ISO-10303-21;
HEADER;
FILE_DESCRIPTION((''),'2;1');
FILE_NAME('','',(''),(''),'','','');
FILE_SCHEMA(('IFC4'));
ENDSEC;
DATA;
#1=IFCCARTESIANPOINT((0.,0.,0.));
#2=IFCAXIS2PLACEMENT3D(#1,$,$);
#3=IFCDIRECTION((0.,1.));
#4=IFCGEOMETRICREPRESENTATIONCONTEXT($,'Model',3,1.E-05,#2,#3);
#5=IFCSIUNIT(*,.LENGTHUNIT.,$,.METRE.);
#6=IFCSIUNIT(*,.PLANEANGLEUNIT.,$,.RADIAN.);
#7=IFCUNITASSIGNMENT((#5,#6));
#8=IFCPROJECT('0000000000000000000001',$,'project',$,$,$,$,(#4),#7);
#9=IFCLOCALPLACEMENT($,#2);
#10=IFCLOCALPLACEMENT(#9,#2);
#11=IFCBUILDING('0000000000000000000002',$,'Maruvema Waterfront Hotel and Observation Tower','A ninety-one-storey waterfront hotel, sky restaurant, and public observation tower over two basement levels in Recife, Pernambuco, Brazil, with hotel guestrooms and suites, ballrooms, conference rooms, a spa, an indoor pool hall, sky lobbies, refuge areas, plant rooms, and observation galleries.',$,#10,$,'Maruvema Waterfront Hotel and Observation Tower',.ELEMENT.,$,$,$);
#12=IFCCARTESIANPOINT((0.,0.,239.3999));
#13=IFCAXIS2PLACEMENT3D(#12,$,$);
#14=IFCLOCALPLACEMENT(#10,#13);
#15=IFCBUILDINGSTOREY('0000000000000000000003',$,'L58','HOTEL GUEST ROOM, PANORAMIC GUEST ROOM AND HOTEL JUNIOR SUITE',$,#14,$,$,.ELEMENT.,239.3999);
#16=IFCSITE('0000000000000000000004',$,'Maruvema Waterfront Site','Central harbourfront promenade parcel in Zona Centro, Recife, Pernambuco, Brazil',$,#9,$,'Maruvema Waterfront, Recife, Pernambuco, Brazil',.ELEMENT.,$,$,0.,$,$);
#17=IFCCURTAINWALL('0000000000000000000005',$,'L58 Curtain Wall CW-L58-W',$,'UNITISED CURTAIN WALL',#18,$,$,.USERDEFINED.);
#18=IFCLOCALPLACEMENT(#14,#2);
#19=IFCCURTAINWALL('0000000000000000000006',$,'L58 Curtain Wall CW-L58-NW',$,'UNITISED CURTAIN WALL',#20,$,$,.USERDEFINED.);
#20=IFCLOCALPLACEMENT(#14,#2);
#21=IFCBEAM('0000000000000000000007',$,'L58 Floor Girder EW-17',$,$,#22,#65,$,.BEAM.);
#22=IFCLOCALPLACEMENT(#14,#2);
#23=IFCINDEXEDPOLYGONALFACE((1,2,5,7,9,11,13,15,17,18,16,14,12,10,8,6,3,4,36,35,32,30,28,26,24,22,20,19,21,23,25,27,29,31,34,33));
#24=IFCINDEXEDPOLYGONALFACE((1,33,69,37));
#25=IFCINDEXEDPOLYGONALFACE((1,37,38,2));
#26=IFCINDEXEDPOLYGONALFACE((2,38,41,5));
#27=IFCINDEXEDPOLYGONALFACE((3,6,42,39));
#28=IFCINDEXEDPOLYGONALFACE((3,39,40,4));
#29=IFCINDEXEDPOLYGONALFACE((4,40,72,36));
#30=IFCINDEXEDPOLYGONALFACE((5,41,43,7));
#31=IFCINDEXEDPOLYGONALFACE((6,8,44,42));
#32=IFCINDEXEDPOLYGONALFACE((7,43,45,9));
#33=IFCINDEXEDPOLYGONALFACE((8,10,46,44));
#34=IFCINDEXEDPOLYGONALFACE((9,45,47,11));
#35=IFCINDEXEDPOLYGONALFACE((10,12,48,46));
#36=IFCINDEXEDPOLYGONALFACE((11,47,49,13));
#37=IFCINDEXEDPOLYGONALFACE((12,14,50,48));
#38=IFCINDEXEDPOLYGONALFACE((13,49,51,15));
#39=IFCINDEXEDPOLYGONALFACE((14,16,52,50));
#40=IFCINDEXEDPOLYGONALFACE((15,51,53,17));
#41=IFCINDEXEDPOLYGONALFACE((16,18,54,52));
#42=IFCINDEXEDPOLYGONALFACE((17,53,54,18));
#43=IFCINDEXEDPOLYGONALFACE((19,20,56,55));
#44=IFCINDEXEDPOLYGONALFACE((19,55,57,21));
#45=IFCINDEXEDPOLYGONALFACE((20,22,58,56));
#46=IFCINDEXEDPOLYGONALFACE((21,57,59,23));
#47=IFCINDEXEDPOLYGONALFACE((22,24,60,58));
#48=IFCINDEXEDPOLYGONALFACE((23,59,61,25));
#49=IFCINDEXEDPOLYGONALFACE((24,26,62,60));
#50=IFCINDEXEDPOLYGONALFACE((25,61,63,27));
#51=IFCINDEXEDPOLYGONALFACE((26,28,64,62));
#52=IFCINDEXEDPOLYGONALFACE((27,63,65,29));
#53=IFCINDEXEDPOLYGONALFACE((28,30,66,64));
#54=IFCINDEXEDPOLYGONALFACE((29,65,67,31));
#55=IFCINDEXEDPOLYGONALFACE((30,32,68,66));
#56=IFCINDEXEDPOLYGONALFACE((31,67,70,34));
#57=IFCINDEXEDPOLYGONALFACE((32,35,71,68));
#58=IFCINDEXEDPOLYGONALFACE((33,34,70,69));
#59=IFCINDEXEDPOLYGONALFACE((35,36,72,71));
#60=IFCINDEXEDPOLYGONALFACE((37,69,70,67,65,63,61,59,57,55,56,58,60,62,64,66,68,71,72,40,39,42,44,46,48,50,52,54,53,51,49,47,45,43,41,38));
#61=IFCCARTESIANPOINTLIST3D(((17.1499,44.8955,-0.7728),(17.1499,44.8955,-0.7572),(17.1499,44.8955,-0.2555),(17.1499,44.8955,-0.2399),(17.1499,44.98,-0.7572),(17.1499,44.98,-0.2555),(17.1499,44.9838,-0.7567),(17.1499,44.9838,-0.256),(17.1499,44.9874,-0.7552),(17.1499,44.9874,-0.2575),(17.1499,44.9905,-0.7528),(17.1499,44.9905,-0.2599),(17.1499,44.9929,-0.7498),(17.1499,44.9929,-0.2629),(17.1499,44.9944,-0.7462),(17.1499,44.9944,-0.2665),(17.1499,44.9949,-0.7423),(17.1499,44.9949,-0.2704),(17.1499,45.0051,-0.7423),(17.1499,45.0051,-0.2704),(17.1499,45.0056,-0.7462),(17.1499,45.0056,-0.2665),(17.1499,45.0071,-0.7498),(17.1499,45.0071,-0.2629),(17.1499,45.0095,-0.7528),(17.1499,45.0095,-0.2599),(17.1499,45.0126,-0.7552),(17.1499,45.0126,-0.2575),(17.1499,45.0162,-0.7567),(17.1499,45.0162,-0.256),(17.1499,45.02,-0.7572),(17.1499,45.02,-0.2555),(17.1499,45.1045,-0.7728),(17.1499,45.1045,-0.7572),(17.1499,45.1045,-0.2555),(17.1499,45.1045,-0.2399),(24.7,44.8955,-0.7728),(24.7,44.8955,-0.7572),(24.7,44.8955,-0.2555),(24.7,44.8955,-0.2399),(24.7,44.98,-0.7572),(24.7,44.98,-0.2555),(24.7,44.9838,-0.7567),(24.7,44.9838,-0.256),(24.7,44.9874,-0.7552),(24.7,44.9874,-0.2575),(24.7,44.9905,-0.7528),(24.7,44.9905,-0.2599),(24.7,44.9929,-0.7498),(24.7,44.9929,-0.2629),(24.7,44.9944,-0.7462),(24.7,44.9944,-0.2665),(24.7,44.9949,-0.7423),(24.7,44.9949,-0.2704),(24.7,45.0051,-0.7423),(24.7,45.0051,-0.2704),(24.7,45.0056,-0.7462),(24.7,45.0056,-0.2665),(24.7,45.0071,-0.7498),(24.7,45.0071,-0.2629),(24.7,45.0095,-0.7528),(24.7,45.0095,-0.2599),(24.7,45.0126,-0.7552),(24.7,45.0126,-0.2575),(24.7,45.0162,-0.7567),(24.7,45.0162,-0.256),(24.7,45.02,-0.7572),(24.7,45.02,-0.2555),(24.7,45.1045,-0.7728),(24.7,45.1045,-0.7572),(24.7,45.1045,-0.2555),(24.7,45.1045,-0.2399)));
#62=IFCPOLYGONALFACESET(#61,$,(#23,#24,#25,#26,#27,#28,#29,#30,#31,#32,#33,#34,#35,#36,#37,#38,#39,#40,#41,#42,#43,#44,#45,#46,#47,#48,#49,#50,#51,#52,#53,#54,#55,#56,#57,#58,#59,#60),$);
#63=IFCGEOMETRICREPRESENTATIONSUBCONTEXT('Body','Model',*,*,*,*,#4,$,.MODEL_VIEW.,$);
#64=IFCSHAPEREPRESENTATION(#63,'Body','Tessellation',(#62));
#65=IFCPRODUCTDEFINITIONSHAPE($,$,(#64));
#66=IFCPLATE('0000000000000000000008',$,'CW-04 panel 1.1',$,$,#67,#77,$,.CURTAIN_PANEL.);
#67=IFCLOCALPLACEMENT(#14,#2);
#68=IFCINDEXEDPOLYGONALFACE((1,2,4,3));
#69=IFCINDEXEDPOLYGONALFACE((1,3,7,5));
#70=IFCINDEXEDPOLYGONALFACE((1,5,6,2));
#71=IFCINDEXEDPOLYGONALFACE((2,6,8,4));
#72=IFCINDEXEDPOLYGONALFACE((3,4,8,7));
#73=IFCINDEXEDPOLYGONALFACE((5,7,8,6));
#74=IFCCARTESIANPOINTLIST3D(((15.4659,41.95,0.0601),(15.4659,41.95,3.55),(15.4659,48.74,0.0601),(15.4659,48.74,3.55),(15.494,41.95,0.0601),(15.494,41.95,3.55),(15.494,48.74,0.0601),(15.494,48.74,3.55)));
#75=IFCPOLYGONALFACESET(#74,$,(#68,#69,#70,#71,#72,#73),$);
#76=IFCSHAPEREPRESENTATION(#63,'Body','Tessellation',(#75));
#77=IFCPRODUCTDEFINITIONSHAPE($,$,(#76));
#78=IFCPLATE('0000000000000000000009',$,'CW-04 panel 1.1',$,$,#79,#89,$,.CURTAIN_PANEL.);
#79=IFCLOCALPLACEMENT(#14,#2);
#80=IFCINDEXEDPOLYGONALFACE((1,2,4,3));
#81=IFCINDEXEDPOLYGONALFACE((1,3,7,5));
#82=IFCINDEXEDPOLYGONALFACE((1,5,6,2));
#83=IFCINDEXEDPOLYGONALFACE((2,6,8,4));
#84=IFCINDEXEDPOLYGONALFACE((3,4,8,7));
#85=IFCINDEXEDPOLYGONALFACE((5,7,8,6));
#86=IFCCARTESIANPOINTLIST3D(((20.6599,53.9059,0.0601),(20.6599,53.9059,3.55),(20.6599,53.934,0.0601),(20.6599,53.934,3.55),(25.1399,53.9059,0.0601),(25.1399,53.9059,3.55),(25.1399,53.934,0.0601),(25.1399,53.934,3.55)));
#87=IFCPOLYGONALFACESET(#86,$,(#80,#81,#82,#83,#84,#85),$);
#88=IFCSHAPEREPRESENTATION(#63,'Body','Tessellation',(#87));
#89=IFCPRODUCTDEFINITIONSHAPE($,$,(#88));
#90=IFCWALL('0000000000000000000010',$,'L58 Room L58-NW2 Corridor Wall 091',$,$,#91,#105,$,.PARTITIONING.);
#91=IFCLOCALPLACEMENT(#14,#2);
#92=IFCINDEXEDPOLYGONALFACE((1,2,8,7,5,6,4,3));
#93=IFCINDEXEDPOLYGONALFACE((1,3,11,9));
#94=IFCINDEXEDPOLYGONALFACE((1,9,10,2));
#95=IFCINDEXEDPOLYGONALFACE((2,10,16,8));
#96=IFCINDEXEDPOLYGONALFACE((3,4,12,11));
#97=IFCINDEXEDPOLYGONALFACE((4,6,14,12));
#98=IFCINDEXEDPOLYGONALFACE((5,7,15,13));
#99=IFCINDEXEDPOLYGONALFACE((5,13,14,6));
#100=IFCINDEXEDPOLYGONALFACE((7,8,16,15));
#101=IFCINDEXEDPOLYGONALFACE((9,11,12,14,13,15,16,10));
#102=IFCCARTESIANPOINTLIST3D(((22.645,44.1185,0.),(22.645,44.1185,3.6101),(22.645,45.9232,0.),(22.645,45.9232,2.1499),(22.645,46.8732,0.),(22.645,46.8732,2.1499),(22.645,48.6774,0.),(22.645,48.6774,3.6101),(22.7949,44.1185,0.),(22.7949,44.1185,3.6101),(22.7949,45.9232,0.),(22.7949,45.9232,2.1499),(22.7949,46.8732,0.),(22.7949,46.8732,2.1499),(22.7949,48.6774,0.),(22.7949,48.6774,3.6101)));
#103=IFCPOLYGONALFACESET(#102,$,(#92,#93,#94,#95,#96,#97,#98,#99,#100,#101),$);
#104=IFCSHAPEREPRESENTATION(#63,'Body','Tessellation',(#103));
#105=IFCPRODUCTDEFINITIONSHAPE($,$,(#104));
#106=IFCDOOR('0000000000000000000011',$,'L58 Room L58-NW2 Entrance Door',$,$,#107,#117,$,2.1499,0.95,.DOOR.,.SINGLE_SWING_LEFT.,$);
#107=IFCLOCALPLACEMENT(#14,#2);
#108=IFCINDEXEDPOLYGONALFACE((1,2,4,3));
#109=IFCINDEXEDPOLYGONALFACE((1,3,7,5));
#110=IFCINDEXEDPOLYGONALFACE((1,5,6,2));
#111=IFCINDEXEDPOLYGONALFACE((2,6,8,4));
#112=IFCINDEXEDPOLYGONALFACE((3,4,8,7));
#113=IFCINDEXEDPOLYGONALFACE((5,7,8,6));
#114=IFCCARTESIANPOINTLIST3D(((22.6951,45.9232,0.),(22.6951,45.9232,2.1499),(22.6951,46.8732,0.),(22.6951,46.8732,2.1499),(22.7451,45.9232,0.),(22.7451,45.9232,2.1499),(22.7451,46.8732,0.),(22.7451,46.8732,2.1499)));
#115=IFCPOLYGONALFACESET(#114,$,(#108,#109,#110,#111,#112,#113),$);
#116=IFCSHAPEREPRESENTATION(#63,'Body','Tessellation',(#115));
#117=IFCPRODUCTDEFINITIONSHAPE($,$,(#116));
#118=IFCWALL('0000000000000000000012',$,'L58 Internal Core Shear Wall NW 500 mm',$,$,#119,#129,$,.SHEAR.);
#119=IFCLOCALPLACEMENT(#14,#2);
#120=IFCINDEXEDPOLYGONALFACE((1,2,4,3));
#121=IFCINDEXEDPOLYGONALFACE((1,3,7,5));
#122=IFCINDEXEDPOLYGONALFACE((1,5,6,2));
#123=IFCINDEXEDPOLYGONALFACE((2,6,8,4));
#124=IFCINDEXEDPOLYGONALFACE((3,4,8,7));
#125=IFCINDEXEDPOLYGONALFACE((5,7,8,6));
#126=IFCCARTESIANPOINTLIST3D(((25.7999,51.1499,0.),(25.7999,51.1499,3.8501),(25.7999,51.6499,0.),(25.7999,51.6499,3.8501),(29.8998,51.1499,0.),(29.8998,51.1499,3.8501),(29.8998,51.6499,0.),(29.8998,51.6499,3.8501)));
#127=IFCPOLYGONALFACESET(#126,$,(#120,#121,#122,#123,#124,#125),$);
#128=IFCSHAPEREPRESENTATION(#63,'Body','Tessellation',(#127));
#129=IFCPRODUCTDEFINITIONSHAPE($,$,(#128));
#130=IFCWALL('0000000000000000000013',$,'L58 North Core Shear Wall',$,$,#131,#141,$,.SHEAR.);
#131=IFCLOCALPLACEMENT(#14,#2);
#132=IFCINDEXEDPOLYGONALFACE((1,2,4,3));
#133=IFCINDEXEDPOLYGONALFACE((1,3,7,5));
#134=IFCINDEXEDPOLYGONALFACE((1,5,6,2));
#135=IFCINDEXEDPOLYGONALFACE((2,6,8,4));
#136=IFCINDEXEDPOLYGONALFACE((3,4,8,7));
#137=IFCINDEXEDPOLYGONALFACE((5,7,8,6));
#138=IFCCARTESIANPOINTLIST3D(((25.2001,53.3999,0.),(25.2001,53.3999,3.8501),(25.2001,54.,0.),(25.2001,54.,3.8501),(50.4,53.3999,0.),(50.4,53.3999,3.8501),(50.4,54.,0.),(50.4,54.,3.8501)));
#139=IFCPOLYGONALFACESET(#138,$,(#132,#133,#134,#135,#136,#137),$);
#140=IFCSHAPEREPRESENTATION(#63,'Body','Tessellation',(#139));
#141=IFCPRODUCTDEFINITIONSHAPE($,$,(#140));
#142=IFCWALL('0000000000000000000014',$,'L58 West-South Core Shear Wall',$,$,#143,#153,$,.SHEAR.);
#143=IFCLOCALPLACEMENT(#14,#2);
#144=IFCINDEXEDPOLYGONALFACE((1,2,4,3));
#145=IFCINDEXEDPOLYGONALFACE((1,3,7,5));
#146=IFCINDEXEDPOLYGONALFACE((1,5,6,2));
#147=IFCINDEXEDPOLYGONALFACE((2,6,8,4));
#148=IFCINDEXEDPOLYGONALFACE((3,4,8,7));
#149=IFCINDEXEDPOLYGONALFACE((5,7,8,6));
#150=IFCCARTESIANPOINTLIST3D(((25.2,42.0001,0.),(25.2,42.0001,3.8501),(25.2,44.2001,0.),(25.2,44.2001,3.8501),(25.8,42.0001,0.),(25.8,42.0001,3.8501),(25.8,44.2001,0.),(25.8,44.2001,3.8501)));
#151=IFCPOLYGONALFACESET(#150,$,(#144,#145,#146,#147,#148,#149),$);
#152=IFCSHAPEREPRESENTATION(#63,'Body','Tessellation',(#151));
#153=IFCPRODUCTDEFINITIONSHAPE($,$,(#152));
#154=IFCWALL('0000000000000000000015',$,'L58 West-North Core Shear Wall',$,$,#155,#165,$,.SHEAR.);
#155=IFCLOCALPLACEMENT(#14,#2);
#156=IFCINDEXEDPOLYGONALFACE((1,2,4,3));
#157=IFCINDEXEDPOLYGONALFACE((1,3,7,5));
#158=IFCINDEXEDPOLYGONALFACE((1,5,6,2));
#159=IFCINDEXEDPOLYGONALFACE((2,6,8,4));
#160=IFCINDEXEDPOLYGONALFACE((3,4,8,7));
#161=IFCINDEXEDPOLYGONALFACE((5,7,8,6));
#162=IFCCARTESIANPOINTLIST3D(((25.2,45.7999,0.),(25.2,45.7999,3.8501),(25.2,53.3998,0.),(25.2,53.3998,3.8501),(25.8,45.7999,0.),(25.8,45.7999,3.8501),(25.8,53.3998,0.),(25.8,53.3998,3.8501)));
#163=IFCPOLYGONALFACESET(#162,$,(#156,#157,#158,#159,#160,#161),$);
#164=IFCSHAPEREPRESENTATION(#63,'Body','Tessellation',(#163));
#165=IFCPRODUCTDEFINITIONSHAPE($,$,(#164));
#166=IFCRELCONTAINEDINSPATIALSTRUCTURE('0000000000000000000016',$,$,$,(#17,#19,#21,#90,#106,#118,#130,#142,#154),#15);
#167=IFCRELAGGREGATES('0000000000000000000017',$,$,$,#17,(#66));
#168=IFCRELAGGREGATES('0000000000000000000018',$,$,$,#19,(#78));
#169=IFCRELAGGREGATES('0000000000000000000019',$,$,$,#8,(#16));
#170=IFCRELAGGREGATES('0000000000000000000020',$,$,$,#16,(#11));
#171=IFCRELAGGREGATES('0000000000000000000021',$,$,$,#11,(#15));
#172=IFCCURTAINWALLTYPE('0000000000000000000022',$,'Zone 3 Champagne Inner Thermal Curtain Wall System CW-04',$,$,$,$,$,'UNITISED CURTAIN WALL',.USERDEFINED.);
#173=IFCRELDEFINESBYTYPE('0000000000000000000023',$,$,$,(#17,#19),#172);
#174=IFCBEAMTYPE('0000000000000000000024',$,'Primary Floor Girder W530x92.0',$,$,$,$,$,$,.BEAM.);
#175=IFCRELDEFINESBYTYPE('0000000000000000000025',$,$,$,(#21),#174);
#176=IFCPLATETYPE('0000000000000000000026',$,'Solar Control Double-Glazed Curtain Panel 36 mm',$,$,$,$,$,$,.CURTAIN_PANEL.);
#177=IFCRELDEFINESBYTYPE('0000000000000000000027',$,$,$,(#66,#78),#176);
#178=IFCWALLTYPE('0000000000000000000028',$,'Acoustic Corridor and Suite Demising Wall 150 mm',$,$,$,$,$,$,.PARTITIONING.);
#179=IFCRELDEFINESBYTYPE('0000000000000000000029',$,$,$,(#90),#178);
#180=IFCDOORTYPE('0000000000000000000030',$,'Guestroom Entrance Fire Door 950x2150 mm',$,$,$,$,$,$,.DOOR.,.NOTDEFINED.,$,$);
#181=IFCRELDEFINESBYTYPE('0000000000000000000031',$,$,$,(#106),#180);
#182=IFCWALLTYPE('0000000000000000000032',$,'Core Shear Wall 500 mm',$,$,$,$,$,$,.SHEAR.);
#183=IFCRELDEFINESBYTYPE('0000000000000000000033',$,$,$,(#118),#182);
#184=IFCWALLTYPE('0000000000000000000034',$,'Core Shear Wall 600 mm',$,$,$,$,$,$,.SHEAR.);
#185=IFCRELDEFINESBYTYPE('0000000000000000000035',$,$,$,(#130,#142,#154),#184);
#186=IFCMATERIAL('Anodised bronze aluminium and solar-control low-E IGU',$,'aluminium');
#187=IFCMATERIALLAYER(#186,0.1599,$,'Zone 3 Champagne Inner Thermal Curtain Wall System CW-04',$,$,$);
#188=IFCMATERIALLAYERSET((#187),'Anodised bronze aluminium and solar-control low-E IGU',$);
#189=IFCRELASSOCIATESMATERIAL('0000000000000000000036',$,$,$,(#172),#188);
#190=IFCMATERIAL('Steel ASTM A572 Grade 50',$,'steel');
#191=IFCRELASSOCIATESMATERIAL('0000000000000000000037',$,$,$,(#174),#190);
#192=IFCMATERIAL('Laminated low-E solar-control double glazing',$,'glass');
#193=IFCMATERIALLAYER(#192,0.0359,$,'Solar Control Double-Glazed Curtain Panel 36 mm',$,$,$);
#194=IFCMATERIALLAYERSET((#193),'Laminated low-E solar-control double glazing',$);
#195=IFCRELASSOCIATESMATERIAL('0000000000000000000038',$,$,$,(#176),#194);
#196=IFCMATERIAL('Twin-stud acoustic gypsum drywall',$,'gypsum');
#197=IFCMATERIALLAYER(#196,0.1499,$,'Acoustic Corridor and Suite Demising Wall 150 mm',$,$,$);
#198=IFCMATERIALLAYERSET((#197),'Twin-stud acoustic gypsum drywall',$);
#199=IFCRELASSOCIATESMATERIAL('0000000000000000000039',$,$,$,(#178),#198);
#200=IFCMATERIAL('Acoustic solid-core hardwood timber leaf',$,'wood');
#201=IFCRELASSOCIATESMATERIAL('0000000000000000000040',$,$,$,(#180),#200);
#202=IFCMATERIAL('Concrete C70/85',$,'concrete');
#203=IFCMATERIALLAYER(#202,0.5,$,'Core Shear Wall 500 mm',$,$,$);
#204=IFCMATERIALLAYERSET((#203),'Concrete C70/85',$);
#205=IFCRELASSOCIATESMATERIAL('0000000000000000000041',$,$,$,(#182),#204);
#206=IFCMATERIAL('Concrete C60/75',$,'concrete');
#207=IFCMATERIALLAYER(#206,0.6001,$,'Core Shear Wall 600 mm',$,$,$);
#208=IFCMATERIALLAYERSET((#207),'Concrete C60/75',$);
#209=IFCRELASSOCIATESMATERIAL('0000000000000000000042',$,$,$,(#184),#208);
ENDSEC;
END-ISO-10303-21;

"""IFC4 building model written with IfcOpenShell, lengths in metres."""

from ifc_helpers import new_model, si_unit, direction, frame, frame_2d, origin, origin_2d, place, context, subcontext, project, spatial, rectangle, i_section, extrude, material, layer, layer_set, material_profile, profile_set, type_object, element, fill, aggregate, save


model = new_model("IFC4")

# Units and contexts
model_context = context("Model", 3, precision=1e-05, world=origin(), true_north=direction((0.0, 1.0)))
body_context = subcontext(model_context, "Body", "Model", "MODEL_VIEW")
ifc_project = project(units=[si_unit("LENGTHUNIT", "METRE"), si_unit("PLANEANGLEUNIT", "RADIAN")], contexts=[model_context])

# Site, building, storey
site_placement = place(None, origin())
site = spatial("IfcSite", under=ifc_project, at=site_placement, Name="Maruvema Waterfront Site", Description="Central harbourfront promenade parcel in Zona Centro, Recife, Pernambuco, Brazil", LongName="Maruvema Waterfront, Recife, Pernambuco, Brazil", CompositionType="ELEMENT", RefElevation=0.0)
building_placement = place(site_placement, origin())
building = spatial("IfcBuilding", under=site, at=building_placement, Name="Maruvema Waterfront Hotel and Observation Tower", Description="A ninety-one-storey waterfront hotel, sky restaurant, and public observation tower over two basement levels in Recife, Pernambuco, Brazil, with hotel guestrooms and suites, ballrooms, conference rooms, a spa, an indoor pool hall, sky lobbies, refuge areas, plant rooms, and observation galleries.", LongName="Maruvema Waterfront Hotel and Observation Tower", CompositionType="ELEMENT")
storey_placement = place(building_placement, frame((0.0, 0.0, 239.3999)))
storey = spatial("IfcBuildingStorey", under=building, at=storey_placement, Name="L58", Description="HOTEL GUEST ROOM, PANORAMIC GUEST ROOM AND HOTEL JUNIOR SUITE", CompositionType="ELEMENT", Elevation=239.3999)

# Curtain walls
ifc_material_1 = material(Name="Anodised bronze aluminium and solar-control low-E IGU", Category="aluminium")
ifc_layer_1 = layer(ifc_material_1, 0.1599, Name="Zone 3 Champagne Inner Thermal Curtain Wall System CW-04")
ifc_layer_set_1 = layer_set([ifc_layer_1], Name="Anodised bronze aluminium and solar-control low-E IGU")
curtain_wall_type = type_object("IfcCurtainWallType", Name="Zone 3 Champagne Inner Thermal Curtain Wall System CW-04", ElementType="UNITISED CURTAIN WALL", PredefinedType="USERDEFINED", material=ifc_layer_set_1)
curtain_wall_1_placement = place(storey_placement, origin())
curtain_wall_1 = element("IfcCurtainWall", 1, at=curtain_wall_1_placement, inside=storey, type_object=curtain_wall_type, Name="L58 Curtain Wall CW-L58-W", ObjectType="UNITISED CURTAIN WALL", PredefinedType="USERDEFINED")
curtain_wall_2_placement = place(storey_placement, origin())
curtain_wall_2 = element("IfcCurtainWall", 2, at=curtain_wall_2_placement, inside=storey, type_object=curtain_wall_type, Name="L58 Curtain Wall CW-L58-NW", ObjectType="UNITISED CURTAIN WALL", PredefinedType="USERDEFINED")

# Beam
ifc_material_2 = material(Name="Steel ASTM A572 Grade 50", Category="steel")
ifc_material_profile_1 = material_profile(ifc_material_2, i_section(OverallWidth=0.209, OverallDepth=0.533, WebThickness=0.0103, FlangeThickness=0.0156, FilletRadius=0.0149, at=origin_2d()), Name="W530x92.0")
ifc_profile_set_1 = profile_set([ifc_material_profile_1], Name="Steel ASTM A572 Grade 50")
beam_type = type_object("IfcBeamType", Name="Primary Floor Girder W530x92.0", PredefinedType="BEAM", material=ifc_profile_set_1)
beam_placement = place(storey_placement, frame((17.1499, 45.0, -0.5063), z_axis=(1.0, 0.0, 0.0), x_axis=(0.0, 1.0, 0.0)))
element("IfcBeam", 3, at=beam_placement, inside=storey, type_object=beam_type, Name="L58 Floor Girder EW-17", PredefinedType="BEAM", context=body_context, shape_type="SweptSolid", body=[
    extrude(i_section(OverallWidth=0.209, OverallDepth=0.533, WebThickness=0.0103, FlangeThickness=0.0156, FilletRadius=0.0149, at=origin_2d()), origin(), (0.0, 0.0, 1.0), 7.55),
])

# Plates
ifc_material_3 = material(Name="Laminated low-E solar-control double glazing", Category="glass")
ifc_layer_2 = layer(ifc_material_3, 0.0359, Name="Solar Control Double-Glazed Curtain Panel 36 mm")
ifc_layer_set_2 = layer_set([ifc_layer_2], Name="Laminated low-E solar-control double glazing")
plate_type = type_object("IfcPlateType", Name="Solar Control Double-Glazed Curtain Panel 36 mm", PredefinedType="CURTAIN_PANEL", material=ifc_layer_set_2)
plate_1_placement = place(storey_placement, frame((15.48, 45.345, 0.0601), z_axis=(0.0, 0.0, 1.0), x_axis=(0.0, -1.0, 0.0)))
plate_1 = element("IfcPlate", 4, at=plate_1_placement, type_object=plate_type, Name="CW-04 panel 1.1", PredefinedType="CURTAIN_PANEL", context=body_context, shape_type="SweptSolid", body=[
    extrude(rectangle(XDim=6.79, YDim=0.0281, at=origin_2d()), origin(), (0.0, 0.0, 1.0), 3.49),
])
aggregate(curtain_wall_1, [plate_1])
plate_2_placement = place(storey_placement, frame((22.8999, 53.9199, 0.0601), z_axis=(0.0, 0.0, 1.0), x_axis=(-1.0, 0.0, 0.0)))
plate_2 = element("IfcPlate", 5, at=plate_2_placement, type_object=plate_type, Name="CW-04 panel 1.1", PredefinedType="CURTAIN_PANEL", context=body_context, shape_type="SweptSolid", body=[
    extrude(rectangle(XDim=4.48, YDim=0.0281, at=origin_2d()), origin(), (0.0, 0.0, 1.0), 3.49),
])
aggregate(curtain_wall_2, [plate_2])

# Wall, opening, door
ifc_material_4 = material(Name="Twin-stud acoustic gypsum drywall", Category="gypsum")
ifc_layer_3 = layer(ifc_material_4, 0.1499, Name="Acoustic Corridor and Suite Demising Wall 150 mm")
ifc_layer_set_3 = layer_set([ifc_layer_3], Name="Twin-stud acoustic gypsum drywall")
wall_type_1 = type_object("IfcWallType", Name="Acoustic Corridor and Suite Demising Wall 150 mm", PredefinedType="PARTITIONING", material=ifc_layer_set_3)
wall_1_placement = place(storey_placement, frame((22.72, 44.1187, 0.0), z_axis=(0.0, 0.0, 1.0), x_axis=(0.0, 1.0, 0.0)))
wall_1 = element("IfcWall", 6, at=wall_1_placement, inside=storey, type_object=wall_type_1, Name="L58 Room L58-NW2 Corridor Wall 091", PredefinedType="PARTITIONING", context=body_context, shape_type="SweptSolid", body=[
    extrude(rectangle(XDim=4.5588, YDim=0.1499, at=frame_2d((2.2793, 0.0))), origin(), (0.0, 0.0, 1.0), 3.6101),
])
opening_1_placement = place(wall_1_placement, frame((1.8044, 0.0, 0.0)))
opening_1 = element("IfcOpeningElement", 7, at=opening_1_placement, cuts=wall_1, PredefinedType="OPENING", context=body_context, shape_type="SweptSolid", body=[
    extrude(rectangle(XDim=0.95, YDim=2.1499, at=frame_2d((0.4751, 1.075))), frame((0.0, 0.085, 0.0), z_axis=(0.0, -1.0, 0.0), x_axis=(1.0, 0.0, 0.0)), (0.0, 0.0, 1.0), 0.1699),
])
ifc_material_5 = material(Name="Acoustic solid-core hardwood timber leaf", Category="wood")
door_type_1 = type_object("IfcDoorType", Name="Guestroom Entrance Fire Door 950x2150 mm", OperationType="NOTDEFINED", PredefinedType="DOOR", material=ifc_material_5)
door_1_placement = place(opening_1_placement, origin())
door_1 = element("IfcDoor", 8, at=door_1_placement, inside=storey, type_object=door_type_1, Name="L58 Room L58-NW2 Entrance Door", OperationType="SINGLE_SWING_LEFT", OverallHeight=2.1499, OverallWidth=0.95, PredefinedType="DOOR", context=body_context, shape_type="SweptSolid", body=[
    extrude(rectangle(XDim=0.95, YDim=2.1499, at=frame_2d((0.4751, 1.075))), frame((0.0, 0.0249, 0.0), z_axis=(0.0, -1.0, 0.0), x_axis=(1.0, 0.0, 0.0)), (0.0, 0.0, 1.0), 0.05),
])
fill(opening_1, door_1)

# Walls
ifc_material_6 = material(Name="Concrete C70/85", Category="concrete")
ifc_layer_4 = layer(ifc_material_6, 0.5, Name="Core Shear Wall 500 mm")
ifc_layer_set_4 = layer_set([ifc_layer_4], Name="Concrete C70/85")
wall_type_2 = type_object("IfcWallType", Name="Core Shear Wall 500 mm", PredefinedType="SHEAR", material=ifc_layer_set_4)
wall_2_placement = place(storey_placement, frame((25.8, 51.3999, 0.0), z_axis=(0.0, 0.0, 1.0), x_axis=(1.0, 0.0, 0.0)))
element("IfcWall", 9, at=wall_2_placement, inside=storey, type_object=wall_type_2, Name="L58 Internal Core Shear Wall NW 500 mm", PredefinedType="SHEAR", context=body_context, shape_type="SweptSolid", body=[
    extrude(rectangle(XDim=4.0999, YDim=0.5, at=frame_2d((2.0498, 0.0))), origin(), (0.0, 0.0, 1.0), 3.8501),
])
ifc_material_7 = material(Name="Concrete C60/75", Category="concrete")
ifc_layer_5 = layer(ifc_material_7, 0.6001, Name="Core Shear Wall 600 mm")
ifc_layer_set_5 = layer_set([ifc_layer_5], Name="Concrete C60/75")
wall_type_3 = type_object("IfcWallType", Name="Core Shear Wall 600 mm", PredefinedType="SHEAR", material=ifc_layer_set_5)
wall_3_placement = place(storey_placement, frame((25.2, 53.7, 0.0), z_axis=(0.0, 0.0, 1.0), x_axis=(1.0, 0.0, 0.0)))
element("IfcWall", 10, at=wall_3_placement, inside=storey, type_object=wall_type_3, Name="L58 North Core Shear Wall", PredefinedType="SHEAR", context=body_context, shape_type="SweptSolid", body=[
    extrude(rectangle(XDim=25.2, YDim=0.6001, at=frame_2d((12.6001, 0.0))), origin(), (0.0, 0.0, 1.0), 3.8501),
])
wall_4_placement = place(storey_placement, frame((25.5, 42.0, 0.0), z_axis=(0.0, 0.0, 1.0), x_axis=(0.0, 1.0, 0.0)))
element("IfcWall", 11, at=wall_4_placement, inside=storey, type_object=wall_type_3, Name="L58 West-South Core Shear Wall", PredefinedType="SHEAR", context=body_context, shape_type="SweptSolid", body=[
    extrude(rectangle(XDim=2.2, YDim=0.6001, at=frame_2d((1.1001, 0.0))), origin(), (0.0, 0.0, 1.0), 3.8501),
])
wall_5_placement = place(storey_placement, frame((25.5, 45.8, 0.0), z_axis=(0.0, 0.0, 1.0), x_axis=(0.0, 1.0, 0.0)))
element("IfcWall", 12, at=wall_5_placement, inside=storey, type_object=wall_type_3, Name="L58 West-North Core Shear Wall", PredefinedType="SHEAR", context=body_context, shape_type="SweptSolid", body=[
    extrude(rectangle(XDim=7.5999, YDim=0.6001, at=frame_2d((3.7998, 0.0))), origin(), (0.0, 0.0, 1.0), 3.8501),
])

save(model, "model.ifc")
